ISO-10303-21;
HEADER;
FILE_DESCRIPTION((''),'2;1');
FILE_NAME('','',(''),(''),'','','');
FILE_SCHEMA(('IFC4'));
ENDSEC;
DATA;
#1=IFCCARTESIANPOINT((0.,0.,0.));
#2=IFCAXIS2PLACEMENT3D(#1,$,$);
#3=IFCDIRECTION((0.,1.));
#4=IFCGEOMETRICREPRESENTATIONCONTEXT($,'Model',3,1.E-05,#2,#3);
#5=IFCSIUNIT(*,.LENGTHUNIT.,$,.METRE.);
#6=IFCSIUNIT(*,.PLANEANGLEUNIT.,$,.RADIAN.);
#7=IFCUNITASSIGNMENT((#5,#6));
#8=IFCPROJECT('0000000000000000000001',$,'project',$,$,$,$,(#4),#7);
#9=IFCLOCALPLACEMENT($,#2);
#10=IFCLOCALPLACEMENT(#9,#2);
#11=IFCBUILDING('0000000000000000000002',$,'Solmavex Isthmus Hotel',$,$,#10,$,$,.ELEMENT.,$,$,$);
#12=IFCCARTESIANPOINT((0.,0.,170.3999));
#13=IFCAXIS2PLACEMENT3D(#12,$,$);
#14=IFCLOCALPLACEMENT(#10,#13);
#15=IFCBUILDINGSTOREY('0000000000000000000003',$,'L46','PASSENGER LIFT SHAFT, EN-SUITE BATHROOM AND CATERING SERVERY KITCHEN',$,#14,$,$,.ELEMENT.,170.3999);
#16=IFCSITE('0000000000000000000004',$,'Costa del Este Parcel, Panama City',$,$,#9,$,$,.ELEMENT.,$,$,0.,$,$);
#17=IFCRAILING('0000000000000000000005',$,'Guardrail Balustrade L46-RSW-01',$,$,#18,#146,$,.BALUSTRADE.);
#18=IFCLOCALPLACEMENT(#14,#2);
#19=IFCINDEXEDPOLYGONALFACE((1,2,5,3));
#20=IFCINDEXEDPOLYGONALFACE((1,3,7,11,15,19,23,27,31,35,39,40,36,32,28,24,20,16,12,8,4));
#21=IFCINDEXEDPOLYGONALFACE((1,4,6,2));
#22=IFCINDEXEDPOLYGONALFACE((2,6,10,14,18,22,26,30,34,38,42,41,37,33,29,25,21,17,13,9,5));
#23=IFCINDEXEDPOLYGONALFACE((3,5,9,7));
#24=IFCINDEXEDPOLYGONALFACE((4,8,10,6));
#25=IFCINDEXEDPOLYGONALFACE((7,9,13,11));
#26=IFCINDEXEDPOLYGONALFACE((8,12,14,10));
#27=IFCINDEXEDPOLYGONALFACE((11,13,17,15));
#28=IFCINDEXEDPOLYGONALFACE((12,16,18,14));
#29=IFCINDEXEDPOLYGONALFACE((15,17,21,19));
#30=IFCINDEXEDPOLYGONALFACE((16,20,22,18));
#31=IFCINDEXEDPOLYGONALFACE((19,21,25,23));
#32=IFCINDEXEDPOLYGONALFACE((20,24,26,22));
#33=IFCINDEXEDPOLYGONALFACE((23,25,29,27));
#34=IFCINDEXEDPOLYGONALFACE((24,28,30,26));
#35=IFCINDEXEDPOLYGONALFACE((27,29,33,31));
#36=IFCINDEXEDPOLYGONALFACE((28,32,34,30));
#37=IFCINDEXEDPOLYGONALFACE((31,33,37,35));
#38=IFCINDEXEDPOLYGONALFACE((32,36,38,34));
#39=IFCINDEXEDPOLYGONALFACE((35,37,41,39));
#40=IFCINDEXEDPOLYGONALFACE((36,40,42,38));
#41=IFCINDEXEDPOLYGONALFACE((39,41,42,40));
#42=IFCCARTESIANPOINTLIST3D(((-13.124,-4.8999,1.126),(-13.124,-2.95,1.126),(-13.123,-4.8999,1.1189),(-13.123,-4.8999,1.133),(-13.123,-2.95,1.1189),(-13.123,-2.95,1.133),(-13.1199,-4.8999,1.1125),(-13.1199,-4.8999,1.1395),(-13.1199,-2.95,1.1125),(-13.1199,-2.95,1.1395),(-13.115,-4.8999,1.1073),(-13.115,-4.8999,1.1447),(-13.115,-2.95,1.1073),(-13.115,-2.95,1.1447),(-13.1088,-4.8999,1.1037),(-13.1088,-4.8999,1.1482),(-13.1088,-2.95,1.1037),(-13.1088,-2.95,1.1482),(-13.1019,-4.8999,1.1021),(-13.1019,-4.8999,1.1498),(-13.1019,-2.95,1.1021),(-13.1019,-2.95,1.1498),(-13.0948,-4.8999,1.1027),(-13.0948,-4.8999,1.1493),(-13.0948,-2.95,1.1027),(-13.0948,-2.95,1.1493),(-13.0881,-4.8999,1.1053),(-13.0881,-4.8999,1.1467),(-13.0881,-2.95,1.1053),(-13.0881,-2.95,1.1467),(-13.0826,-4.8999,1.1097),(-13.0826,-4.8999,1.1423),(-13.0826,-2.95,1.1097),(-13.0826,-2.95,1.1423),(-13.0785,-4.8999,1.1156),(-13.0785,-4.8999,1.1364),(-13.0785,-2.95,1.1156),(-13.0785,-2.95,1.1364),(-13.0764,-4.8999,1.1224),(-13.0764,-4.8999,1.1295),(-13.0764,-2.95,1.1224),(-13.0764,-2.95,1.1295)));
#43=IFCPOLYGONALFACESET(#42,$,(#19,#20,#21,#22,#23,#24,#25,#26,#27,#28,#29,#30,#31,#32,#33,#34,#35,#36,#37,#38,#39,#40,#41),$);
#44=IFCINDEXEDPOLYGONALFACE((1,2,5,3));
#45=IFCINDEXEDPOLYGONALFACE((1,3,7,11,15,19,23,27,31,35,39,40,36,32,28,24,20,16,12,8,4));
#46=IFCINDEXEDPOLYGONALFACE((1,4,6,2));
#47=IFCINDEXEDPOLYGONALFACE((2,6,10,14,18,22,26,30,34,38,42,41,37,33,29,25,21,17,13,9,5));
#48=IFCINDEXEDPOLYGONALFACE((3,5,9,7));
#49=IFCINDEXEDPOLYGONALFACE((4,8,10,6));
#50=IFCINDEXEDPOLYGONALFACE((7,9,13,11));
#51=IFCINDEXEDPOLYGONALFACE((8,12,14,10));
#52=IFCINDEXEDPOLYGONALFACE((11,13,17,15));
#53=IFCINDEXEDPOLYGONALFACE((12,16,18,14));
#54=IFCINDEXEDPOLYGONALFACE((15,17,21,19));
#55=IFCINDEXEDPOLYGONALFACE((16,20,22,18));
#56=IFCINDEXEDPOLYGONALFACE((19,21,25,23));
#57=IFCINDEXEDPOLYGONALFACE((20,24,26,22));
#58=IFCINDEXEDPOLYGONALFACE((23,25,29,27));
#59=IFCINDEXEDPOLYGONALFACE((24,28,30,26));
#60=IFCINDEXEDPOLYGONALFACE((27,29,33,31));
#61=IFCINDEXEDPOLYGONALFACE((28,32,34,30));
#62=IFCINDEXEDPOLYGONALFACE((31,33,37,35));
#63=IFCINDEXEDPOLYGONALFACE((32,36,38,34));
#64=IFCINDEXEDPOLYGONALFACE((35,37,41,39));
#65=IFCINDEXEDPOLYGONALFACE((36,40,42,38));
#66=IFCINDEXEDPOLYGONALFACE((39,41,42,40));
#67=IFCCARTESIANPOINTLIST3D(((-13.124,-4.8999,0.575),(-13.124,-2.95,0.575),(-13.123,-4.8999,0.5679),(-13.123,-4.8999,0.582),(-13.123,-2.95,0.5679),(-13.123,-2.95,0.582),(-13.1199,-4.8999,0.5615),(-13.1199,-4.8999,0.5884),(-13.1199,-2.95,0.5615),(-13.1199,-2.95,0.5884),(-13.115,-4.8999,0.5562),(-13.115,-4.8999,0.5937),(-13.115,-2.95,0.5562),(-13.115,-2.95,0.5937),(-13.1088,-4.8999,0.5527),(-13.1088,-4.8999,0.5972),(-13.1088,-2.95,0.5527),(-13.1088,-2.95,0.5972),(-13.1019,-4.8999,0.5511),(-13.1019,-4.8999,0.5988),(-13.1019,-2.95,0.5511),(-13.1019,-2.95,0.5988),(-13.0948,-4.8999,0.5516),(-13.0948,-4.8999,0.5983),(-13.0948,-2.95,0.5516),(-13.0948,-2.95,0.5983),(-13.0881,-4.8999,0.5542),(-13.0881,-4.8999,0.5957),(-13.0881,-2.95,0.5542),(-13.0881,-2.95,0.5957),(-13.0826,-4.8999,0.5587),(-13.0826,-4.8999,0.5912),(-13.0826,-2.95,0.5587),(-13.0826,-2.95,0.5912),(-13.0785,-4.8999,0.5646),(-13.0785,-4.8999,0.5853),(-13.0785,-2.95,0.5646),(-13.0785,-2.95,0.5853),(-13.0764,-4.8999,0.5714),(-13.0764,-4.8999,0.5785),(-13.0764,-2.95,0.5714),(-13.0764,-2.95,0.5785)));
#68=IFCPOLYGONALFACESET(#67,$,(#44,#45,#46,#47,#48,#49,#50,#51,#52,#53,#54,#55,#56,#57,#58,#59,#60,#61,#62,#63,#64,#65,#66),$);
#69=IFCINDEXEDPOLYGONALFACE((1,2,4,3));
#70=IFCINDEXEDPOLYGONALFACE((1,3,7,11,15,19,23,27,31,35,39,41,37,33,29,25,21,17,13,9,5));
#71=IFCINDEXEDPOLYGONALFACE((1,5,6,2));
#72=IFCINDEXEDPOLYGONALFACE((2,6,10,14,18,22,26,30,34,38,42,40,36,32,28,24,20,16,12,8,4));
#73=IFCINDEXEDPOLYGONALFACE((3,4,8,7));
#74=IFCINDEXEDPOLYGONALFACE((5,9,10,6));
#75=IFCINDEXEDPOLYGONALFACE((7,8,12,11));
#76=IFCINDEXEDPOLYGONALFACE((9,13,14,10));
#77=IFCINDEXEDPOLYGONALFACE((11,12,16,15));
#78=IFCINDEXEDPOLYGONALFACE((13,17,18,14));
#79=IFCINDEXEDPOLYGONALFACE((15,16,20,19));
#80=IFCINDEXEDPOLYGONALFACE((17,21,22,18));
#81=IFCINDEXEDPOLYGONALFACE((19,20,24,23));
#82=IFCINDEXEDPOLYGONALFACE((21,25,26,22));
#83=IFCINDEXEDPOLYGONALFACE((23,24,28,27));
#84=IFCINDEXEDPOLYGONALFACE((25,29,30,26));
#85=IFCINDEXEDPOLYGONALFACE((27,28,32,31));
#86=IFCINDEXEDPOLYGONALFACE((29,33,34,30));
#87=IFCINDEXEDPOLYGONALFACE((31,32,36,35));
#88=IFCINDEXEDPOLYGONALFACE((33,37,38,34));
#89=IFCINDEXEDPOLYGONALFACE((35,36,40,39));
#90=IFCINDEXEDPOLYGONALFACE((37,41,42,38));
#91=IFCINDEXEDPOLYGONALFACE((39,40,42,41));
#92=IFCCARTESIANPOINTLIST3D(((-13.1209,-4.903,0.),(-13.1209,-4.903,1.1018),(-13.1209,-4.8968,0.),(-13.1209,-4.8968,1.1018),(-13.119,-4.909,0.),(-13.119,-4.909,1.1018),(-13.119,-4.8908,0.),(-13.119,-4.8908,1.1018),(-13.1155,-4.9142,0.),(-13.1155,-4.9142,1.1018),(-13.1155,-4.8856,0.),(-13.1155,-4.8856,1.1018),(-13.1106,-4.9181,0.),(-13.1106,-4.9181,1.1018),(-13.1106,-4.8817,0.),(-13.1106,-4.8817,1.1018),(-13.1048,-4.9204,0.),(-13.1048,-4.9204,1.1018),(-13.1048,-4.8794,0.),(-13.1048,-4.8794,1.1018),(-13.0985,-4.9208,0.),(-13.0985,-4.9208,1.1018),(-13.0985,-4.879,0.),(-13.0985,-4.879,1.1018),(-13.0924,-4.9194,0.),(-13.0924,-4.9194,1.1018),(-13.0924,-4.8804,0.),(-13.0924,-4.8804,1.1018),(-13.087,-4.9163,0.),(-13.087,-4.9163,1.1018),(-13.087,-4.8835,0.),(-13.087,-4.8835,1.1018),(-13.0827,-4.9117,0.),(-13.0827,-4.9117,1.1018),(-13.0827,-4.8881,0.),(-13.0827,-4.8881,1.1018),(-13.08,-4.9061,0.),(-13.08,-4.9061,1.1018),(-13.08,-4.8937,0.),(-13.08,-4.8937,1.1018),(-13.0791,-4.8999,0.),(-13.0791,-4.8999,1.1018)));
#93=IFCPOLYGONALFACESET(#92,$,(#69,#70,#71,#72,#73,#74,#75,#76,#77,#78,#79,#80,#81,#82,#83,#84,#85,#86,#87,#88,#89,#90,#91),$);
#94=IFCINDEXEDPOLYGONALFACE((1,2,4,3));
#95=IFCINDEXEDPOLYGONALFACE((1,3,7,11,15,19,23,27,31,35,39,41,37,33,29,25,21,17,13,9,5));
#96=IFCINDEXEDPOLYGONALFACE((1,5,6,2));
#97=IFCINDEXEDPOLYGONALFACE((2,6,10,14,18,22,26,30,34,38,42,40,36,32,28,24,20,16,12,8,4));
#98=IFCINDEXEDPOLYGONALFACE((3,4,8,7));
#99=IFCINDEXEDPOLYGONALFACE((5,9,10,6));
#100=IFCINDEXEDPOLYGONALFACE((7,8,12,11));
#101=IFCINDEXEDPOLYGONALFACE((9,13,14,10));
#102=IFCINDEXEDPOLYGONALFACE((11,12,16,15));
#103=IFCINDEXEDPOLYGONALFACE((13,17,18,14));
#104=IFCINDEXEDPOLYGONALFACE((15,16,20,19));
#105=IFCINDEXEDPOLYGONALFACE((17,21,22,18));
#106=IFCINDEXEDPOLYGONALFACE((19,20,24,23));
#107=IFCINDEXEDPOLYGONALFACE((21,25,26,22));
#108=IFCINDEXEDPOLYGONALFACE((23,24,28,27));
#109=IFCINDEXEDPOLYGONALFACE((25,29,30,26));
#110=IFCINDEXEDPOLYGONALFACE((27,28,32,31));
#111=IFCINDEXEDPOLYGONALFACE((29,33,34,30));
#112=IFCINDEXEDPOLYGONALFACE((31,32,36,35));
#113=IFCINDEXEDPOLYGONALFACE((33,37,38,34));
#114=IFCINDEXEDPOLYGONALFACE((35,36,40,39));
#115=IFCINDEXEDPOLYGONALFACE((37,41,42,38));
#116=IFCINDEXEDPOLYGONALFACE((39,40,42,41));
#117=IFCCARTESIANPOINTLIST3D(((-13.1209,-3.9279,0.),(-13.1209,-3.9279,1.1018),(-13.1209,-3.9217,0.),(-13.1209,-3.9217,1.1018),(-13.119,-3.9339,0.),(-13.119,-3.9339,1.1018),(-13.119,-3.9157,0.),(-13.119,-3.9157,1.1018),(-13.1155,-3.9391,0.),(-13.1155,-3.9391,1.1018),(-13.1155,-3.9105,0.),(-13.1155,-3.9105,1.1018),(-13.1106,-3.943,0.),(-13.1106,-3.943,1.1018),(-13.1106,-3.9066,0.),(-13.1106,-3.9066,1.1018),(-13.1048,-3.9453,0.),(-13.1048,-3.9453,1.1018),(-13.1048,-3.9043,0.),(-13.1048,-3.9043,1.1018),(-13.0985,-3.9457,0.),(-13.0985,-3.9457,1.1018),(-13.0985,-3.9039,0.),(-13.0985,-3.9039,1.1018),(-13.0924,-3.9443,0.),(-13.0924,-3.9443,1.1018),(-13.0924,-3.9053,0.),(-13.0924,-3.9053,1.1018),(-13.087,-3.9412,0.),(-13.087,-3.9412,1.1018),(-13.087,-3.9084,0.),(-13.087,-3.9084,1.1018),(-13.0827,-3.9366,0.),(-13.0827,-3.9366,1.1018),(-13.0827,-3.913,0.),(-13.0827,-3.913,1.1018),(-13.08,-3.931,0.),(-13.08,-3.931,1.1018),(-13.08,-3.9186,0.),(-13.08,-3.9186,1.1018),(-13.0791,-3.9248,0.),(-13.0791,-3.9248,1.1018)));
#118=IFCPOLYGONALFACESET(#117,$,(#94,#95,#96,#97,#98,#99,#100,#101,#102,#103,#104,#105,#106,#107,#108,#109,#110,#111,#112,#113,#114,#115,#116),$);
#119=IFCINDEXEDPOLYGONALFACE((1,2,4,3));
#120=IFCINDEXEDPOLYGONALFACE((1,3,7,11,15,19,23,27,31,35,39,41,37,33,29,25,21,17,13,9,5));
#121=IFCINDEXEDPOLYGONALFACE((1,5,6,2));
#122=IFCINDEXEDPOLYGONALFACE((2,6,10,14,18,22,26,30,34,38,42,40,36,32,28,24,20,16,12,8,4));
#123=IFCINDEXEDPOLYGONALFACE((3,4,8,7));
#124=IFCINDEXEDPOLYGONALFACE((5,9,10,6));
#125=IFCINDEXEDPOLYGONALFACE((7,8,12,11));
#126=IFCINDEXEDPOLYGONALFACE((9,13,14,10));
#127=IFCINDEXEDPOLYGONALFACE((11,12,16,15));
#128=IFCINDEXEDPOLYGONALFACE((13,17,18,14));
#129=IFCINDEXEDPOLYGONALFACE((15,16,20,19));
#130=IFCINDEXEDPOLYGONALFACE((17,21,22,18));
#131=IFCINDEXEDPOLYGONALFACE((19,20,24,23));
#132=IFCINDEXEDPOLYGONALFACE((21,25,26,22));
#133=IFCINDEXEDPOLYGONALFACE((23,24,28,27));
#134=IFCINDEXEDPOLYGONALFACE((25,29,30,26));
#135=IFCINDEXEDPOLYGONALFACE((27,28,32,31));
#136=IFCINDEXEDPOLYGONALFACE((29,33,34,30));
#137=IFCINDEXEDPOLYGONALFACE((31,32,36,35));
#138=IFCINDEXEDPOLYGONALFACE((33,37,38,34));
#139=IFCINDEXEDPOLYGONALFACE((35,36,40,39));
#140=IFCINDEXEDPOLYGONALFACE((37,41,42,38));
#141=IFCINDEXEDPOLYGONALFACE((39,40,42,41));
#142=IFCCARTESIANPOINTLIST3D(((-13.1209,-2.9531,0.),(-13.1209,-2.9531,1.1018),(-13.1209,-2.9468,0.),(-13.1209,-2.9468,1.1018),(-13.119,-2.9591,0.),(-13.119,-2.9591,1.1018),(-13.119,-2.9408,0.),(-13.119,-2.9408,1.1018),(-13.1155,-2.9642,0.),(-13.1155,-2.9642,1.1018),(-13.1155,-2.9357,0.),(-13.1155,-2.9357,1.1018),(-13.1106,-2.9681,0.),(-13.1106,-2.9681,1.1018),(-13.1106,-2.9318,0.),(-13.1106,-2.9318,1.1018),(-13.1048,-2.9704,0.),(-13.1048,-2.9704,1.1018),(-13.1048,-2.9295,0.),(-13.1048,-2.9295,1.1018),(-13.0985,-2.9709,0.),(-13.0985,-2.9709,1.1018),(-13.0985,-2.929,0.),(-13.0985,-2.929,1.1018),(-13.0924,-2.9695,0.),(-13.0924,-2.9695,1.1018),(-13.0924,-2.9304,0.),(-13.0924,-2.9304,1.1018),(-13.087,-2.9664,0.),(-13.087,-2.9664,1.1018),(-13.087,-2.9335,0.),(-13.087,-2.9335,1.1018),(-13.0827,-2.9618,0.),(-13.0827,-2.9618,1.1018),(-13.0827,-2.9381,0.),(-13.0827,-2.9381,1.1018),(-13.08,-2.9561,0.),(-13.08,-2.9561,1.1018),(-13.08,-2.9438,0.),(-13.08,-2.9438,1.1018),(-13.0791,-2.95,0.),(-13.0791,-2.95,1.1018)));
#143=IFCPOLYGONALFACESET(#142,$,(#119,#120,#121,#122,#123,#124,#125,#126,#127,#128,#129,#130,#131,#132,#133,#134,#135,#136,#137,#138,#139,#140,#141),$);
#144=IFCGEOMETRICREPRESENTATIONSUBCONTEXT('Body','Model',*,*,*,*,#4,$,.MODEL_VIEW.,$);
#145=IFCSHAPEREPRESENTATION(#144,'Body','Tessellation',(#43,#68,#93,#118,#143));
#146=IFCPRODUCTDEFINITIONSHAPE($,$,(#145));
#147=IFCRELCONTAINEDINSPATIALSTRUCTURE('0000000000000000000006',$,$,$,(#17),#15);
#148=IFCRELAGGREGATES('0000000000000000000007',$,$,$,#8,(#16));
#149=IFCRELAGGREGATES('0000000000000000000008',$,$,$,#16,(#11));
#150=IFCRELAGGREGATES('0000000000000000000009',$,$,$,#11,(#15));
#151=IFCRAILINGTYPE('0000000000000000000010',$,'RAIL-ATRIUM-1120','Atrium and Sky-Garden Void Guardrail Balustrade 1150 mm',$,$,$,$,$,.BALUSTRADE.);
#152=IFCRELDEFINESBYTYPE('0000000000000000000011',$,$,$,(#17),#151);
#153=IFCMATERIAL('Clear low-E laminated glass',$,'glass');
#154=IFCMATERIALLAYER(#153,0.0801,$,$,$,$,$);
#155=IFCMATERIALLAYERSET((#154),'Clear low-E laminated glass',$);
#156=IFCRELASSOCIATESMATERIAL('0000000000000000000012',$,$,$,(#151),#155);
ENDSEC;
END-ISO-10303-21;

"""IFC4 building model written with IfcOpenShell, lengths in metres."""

from ifc_helpers import new_model, si_unit, direction, frame, origin, origin_2d, place, context, subcontext, project, spatial, circle, extrude, material, layer, layer_set, type_object, element, save


model = new_model("IFC4")

# Units and contexts
model_context = context("Model", 3, precision=1e-05, world=origin(), true_north=direction((0.0, 1.0)))
body_context = subcontext(model_context, "Body", "Model", "MODEL_VIEW")
ifc_project = project(units=[si_unit("LENGTHUNIT", "METRE"), si_unit("PLANEANGLEUNIT", "RADIAN")], contexts=[model_context])

# Site, building, storey
site_placement = place(None, origin())
site = spatial("IfcSite", under=ifc_project, at=site_placement, Name="Costa del Este Parcel, Panama City", CompositionType="ELEMENT", RefElevation=0.0)
building_placement = place(site_placement, origin())
building = spatial("IfcBuilding", under=site, at=building_placement, Name="Solmavex Isthmus Hotel", CompositionType="ELEMENT")
storey_placement = place(building_placement, frame((0.0, 0.0, 170.3999)))
storey = spatial("IfcBuildingStorey", under=building, at=storey_placement, Name="L46", Description="PASSENGER LIFT SHAFT, EN-SUITE BATHROOM AND CATERING SERVERY KITCHEN", CompositionType="ELEMENT", Elevation=170.3999)

# Shared definitions
ifc_material_1 = material(Name="Clear low-E laminated glass", Category="glass")

# Railing
ifc_layer_1 = layer(ifc_material_1, 0.0801)
ifc_layer_set_1 = layer_set([ifc_layer_1], Name="Clear low-E laminated glass")
railing_type_1 = type_object("IfcRailingType", Name="RAIL-ATRIUM-1120", Description="Atrium and Sky-Garden Void Guardrail Balustrade 1150 mm", PredefinedType="BALUSTRADE", material=ifc_layer_set_1)
railing_1_placement = place(storey_placement, frame((-13.1001, -4.8999, 0.0)))
element("IfcRailing", 1, at=railing_1_placement, inside=storey, type_object=railing_type_1, Name="Guardrail Balustrade L46-RSW-01", PredefinedType="BALUSTRADE", context=body_context, shape_type="SweptSolid", body=[
    extrude(circle(Radius=0.0239, at=origin_2d()), frame((0.0, 0.0, 1.126), z_axis=(0.0, 1.0, 0.0), x_axis=(-1.0, 0.0, 0.0)), (0.0, 0.0, 1.0), 1.95),
    extrude(circle(Radius=0.0239, at=origin_2d()), frame((0.0, 0.0, 0.575), z_axis=(0.0, 1.0, 0.0), x_axis=(-1.0, 0.0, 0.0)), (0.0, 0.0, 1.0), 1.95),
    extrude(circle(Radius=0.021, at=origin_2d()), origin(), (0.0, 0.0, 1.0), 1.1018),
    extrude(circle(Radius=0.021, at=origin_2d()), frame((0.0, 0.9751, 0.0)), (0.0, 0.0, 1.0), 1.1018),
    extrude(circle(Radius=0.021, at=origin_2d()), frame((0.0, 1.95, 0.0)), (0.0, 0.0, 1.0), 1.1018),
])

save(model, "model.ifc")
